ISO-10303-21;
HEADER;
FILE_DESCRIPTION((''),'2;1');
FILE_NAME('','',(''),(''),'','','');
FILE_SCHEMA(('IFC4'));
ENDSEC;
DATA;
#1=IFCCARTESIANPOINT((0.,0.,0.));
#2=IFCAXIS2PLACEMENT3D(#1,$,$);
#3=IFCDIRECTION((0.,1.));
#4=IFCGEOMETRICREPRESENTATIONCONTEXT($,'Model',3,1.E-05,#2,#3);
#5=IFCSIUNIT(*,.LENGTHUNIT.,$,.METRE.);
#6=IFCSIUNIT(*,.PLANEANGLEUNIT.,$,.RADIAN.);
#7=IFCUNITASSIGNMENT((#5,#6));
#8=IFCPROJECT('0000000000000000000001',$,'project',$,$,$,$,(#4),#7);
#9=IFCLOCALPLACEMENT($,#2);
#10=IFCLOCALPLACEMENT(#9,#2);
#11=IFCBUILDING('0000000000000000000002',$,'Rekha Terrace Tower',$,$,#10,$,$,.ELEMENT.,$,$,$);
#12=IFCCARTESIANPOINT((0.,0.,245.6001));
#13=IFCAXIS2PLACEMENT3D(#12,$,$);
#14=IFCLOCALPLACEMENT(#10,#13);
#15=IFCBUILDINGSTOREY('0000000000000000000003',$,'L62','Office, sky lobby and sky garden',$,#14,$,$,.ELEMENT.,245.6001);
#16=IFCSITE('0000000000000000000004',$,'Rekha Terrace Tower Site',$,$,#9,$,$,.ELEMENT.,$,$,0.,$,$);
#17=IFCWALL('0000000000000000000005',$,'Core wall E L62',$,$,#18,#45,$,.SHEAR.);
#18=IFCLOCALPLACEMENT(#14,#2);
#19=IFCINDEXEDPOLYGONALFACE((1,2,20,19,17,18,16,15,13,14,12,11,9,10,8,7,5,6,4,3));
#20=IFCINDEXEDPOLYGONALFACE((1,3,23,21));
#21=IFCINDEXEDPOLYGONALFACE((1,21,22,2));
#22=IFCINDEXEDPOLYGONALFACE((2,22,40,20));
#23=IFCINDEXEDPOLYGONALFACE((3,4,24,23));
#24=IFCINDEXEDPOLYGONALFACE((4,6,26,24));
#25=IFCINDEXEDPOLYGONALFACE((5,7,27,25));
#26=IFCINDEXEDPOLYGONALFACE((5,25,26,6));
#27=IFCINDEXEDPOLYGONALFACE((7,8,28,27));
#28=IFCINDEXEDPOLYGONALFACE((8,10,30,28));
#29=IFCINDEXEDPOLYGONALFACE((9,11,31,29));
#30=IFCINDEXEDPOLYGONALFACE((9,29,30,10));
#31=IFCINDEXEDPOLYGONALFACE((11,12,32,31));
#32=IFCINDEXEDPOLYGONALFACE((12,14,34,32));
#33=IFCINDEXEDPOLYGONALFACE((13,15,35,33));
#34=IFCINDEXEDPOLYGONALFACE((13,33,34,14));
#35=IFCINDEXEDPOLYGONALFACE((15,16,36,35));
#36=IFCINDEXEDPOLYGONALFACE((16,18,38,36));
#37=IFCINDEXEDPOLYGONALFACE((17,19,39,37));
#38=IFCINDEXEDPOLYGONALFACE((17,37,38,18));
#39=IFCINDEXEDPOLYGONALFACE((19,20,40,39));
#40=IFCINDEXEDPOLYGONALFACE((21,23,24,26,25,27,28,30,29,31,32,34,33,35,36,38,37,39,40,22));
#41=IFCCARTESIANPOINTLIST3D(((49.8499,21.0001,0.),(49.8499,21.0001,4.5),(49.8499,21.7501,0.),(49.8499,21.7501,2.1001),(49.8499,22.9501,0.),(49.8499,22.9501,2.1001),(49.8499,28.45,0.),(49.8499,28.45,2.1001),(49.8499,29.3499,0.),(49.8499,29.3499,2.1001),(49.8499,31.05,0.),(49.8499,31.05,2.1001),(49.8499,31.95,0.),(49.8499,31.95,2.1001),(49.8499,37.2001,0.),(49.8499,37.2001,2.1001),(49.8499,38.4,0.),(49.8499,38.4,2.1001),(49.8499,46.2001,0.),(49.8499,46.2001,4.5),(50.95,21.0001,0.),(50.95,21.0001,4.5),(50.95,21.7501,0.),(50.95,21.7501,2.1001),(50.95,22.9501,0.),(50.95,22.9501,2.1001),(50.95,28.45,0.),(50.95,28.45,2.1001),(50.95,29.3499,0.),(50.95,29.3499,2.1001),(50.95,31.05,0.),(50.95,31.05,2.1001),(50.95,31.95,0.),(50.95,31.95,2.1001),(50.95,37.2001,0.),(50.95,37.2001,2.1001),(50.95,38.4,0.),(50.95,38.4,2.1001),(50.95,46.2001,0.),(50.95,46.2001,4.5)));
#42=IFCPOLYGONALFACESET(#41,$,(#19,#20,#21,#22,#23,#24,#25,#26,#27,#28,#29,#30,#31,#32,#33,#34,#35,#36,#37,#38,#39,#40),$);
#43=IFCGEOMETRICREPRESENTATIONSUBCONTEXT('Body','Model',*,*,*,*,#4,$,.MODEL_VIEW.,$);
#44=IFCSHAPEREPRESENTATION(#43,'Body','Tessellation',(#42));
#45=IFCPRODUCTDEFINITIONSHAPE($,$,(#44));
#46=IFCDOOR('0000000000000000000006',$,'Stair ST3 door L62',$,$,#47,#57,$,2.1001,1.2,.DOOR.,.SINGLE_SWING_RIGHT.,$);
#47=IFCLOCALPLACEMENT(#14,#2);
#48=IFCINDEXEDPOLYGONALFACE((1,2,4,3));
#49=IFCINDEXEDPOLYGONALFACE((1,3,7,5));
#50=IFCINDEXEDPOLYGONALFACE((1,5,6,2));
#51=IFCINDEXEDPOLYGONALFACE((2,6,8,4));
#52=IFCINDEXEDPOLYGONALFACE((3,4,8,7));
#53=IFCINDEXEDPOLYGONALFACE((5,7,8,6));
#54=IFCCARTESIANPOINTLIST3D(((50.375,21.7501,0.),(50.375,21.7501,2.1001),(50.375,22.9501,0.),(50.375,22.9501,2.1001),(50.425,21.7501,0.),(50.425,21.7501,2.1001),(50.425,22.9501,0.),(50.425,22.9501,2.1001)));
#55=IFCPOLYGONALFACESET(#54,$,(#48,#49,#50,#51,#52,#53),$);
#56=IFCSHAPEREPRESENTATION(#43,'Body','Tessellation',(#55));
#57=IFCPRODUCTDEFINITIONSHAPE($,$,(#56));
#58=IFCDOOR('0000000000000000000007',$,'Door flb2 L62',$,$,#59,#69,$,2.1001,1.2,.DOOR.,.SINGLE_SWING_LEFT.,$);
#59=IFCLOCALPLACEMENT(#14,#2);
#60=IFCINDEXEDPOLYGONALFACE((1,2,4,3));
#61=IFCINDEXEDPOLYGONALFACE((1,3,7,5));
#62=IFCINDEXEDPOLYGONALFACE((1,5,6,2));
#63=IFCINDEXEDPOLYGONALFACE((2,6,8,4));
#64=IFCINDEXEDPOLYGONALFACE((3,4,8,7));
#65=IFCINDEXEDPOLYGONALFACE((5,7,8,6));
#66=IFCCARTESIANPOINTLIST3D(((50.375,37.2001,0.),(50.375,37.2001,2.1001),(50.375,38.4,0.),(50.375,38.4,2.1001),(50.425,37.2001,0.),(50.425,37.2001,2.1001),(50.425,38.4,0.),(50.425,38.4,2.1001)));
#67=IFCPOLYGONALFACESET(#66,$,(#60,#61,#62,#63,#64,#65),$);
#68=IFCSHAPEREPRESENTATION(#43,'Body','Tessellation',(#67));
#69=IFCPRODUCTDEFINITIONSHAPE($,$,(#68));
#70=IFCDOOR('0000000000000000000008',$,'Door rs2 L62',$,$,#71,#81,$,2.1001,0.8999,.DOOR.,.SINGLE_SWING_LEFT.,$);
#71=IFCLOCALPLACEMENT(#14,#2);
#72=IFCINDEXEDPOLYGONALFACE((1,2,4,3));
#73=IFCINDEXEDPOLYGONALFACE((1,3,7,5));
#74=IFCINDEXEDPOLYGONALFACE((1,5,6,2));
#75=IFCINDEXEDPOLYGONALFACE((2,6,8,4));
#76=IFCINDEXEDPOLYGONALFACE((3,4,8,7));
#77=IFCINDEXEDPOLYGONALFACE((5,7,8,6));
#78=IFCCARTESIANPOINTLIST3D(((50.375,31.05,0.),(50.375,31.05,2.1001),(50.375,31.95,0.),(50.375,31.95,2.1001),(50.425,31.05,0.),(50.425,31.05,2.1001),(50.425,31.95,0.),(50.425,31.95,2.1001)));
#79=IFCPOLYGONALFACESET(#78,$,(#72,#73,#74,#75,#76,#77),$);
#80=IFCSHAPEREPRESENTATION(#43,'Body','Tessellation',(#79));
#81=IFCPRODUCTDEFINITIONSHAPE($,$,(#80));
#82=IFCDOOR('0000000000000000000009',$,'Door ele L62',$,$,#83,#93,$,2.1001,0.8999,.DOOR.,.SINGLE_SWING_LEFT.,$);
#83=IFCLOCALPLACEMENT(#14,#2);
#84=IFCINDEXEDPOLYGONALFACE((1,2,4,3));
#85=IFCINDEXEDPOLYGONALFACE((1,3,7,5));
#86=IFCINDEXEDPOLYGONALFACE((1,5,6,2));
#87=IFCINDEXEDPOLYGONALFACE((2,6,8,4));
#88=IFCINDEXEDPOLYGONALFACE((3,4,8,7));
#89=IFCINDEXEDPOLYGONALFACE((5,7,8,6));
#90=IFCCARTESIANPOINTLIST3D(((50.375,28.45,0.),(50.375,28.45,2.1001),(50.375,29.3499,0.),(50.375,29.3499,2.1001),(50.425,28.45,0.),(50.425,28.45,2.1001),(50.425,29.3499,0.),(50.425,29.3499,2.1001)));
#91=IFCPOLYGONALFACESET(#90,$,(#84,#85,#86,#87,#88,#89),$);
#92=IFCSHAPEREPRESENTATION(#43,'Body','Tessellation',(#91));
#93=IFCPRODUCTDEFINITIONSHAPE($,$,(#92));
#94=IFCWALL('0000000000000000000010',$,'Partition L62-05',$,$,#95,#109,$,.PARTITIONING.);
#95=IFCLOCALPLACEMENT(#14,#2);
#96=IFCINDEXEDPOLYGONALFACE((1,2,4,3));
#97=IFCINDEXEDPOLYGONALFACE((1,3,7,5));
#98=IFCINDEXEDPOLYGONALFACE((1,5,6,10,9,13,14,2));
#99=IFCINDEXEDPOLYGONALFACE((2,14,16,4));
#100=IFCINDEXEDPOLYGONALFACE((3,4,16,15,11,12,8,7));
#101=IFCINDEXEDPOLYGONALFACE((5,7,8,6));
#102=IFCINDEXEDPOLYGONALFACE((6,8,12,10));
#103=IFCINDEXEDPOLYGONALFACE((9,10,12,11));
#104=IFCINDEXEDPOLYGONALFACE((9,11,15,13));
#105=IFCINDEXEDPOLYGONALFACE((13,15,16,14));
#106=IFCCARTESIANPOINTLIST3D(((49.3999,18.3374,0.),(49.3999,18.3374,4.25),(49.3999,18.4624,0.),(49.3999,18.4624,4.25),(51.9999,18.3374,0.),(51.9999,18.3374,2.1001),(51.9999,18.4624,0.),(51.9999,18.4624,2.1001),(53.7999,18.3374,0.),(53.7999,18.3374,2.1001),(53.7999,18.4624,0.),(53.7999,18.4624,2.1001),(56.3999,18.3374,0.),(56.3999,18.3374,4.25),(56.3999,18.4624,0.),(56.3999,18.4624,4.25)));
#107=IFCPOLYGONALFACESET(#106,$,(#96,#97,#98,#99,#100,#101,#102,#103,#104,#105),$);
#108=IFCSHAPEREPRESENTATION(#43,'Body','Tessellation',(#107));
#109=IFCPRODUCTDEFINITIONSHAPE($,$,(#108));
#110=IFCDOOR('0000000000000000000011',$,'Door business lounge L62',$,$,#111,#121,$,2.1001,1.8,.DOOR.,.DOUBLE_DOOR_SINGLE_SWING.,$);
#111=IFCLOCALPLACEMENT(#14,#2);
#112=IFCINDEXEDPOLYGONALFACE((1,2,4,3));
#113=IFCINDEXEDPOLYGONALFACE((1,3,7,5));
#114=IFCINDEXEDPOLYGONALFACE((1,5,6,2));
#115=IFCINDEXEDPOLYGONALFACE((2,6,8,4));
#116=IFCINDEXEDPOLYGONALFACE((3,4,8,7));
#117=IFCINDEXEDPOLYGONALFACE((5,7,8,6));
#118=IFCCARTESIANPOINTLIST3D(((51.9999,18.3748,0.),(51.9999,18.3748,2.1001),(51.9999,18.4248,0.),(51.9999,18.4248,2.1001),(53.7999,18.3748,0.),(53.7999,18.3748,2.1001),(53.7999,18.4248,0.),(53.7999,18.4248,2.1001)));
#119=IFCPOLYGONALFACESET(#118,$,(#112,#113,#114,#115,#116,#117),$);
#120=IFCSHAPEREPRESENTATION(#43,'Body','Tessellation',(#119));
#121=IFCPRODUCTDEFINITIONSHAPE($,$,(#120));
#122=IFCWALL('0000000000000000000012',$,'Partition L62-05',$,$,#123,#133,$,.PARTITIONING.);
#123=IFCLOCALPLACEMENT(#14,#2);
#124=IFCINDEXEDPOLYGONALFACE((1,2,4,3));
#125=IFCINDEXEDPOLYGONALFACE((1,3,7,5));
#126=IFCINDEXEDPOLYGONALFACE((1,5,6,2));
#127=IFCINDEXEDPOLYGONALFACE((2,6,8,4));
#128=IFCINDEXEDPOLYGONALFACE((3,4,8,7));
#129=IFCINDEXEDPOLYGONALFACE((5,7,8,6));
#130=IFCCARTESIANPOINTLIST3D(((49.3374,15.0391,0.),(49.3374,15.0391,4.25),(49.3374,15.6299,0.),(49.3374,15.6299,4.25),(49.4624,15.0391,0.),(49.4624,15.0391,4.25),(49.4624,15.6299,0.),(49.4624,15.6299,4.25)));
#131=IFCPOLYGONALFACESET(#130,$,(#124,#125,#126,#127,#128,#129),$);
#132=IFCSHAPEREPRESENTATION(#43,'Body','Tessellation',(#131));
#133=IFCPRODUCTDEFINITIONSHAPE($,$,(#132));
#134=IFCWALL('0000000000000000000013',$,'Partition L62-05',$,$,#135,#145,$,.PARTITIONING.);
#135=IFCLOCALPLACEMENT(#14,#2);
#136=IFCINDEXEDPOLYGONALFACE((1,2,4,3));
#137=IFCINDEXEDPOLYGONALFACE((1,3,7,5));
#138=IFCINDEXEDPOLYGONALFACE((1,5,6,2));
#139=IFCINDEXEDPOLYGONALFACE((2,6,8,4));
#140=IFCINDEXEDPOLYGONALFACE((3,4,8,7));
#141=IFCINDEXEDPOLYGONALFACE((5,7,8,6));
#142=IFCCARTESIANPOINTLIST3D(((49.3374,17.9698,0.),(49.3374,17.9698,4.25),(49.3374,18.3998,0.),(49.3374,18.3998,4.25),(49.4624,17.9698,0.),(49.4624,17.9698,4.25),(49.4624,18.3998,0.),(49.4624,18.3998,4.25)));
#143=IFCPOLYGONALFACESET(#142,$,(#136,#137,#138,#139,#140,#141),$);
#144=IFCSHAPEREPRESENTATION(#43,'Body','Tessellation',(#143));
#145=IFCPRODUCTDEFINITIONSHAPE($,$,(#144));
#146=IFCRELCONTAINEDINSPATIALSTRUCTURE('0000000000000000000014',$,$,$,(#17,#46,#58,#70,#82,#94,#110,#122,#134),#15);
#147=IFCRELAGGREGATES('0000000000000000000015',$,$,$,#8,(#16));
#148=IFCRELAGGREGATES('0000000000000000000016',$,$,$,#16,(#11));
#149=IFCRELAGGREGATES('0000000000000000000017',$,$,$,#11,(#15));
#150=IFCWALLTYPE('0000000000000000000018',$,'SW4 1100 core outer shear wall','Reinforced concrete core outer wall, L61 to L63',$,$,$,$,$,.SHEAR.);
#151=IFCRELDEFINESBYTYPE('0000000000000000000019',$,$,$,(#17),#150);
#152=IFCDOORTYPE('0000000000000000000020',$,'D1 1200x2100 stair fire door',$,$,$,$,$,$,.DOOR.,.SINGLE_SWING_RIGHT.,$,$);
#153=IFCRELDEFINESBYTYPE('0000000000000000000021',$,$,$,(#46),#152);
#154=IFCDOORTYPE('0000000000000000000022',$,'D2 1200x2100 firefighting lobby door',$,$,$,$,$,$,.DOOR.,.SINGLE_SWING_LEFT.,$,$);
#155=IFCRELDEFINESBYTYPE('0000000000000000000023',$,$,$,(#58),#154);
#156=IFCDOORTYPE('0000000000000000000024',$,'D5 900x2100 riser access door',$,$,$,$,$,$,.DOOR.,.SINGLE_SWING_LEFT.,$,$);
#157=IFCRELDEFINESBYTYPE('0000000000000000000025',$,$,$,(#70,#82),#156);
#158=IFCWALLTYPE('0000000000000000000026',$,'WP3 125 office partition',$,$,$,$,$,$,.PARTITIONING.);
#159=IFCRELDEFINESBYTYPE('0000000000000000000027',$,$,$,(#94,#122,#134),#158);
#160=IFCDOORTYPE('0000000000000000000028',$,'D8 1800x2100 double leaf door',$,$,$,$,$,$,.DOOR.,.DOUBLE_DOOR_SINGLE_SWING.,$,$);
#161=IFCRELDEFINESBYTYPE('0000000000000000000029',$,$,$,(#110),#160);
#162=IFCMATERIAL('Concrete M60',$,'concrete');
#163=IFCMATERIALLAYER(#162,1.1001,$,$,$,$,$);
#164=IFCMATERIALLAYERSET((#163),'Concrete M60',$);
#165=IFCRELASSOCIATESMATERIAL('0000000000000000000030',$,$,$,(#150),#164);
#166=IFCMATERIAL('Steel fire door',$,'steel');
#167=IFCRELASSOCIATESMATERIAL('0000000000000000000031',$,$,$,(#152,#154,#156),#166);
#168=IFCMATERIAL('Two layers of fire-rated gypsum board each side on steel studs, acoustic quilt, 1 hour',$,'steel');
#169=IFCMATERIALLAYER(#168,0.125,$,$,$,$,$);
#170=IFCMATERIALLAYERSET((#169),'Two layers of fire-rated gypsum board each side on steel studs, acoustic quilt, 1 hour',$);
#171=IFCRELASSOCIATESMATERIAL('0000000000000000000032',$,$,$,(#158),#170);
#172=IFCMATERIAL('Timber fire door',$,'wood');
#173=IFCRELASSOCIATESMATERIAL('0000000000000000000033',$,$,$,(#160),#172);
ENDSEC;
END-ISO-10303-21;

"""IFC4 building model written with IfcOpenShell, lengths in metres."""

from ifc_helpers import new_model, si_unit, direction, frame, frame_2d, origin, place, context, subcontext, project, spatial, rectangle, extrude, material, layer, layer_set, type_object, element, fill, save


model = new_model("IFC4")

# Units and contexts
model_context = context("Model", 3, precision=1e-05, world=origin(), true_north=direction((0.0, 1.0)))
body_context = subcontext(model_context, "Body", "Model", "MODEL_VIEW")
ifc_project = project(units=[si_unit("LENGTHUNIT", "METRE"), si_unit("PLANEANGLEUNIT", "RADIAN")], contexts=[model_context])

# Site, building, storey
site_placement = place(None, origin())
site = spatial("IfcSite", under=ifc_project, at=site_placement, Name="Rekha Terrace Tower Site", CompositionType="ELEMENT", RefElevation=0.0)
building_placement = place(site_placement, origin())
building = spatial("IfcBuilding", under=site, at=building_placement, Name="Rekha Terrace Tower", CompositionType="ELEMENT")
storey_placement = place(building_placement, frame((0.0, 0.0, 245.6001)))
storey = spatial("IfcBuildingStorey", under=building, at=storey_placement, Name="L62", Description="Office, sky lobby and sky garden", CompositionType="ELEMENT", Elevation=245.6001)

# Shared definitions
ifc_material_1 = material(Name="Concrete M60", Category="concrete")

# Wall, openings, doors
ifc_layer_1 = layer(ifc_material_1, 1.1001)
ifc_layer_set_1 = layer_set([ifc_layer_1], Name="Concrete M60")
wall_type_1 = type_object("IfcWallType", Name="SW4 1100 core outer shear wall", Description="Reinforced concrete core outer wall, L61 to L63", PredefinedType="SHEAR", material=ifc_layer_set_1)
wall_1_placement = place(storey_placement, frame((50.3999, 21.0, 0.0), z_axis=(0.0, 0.0, 1.0), x_axis=(0.0, 1.0, 0.0)))
wall_1 = element("IfcWall", 1, at=wall_1_placement, inside=storey, type_object=wall_type_1, Name="Core wall E L62", PredefinedType="SHEAR", context=body_context, shape_type="SweptSolid", body=[
    extrude(rectangle(XDim=25.2, YDim=1.1001, at=frame_2d((12.6001, 0.0))), origin(), (0.0, 0.0, 1.0), 4.5),
])
opening_1_placement = place(wall_1_placement, frame((16.2, 0.0, 0.0)))
opening_1 = element("IfcOpeningElement", 2, at=opening_1_placement, cuts=wall_1, PredefinedType="OPENING", context=body_context, shape_type="SweptSolid", body=[
    extrude(rectangle(XDim=1.2, YDim=2.1001, at=frame_2d((0.6001, 1.05))), frame((0.0, 0.5601, 0.0), z_axis=(0.0, -1.0, 0.0), x_axis=(1.0, 0.0, 0.0)), (0.0, 0.0, 1.0), 1.1201),
])
opening_2_placement = place(wall_1_placement, frame((10.05, 0.0, 0.0)))
opening_2 = element("IfcOpeningElement", 3, at=opening_2_placement, cuts=wall_1, PredefinedType="OPENING", context=body_context, shape_type="SweptSolid", body=[
    extrude(rectangle(XDim=0.8999, YDim=2.1001, at=frame_2d((0.45, 1.05))), frame((0.0, 0.5601, 0.0), z_axis=(0.0, -1.0, 0.0), x_axis=(1.0, 0.0, 0.0)), (0.0, 0.0, 1.0), 1.1201),
])
opening_3_placement = place(wall_1_placement, frame((7.45, 0.0, 0.0)))
opening_3 = element("IfcOpeningElement", 4, at=opening_3_placement, cuts=wall_1, PredefinedType="OPENING", context=body_context, shape_type="SweptSolid", body=[
    extrude(rectangle(XDim=0.8999, YDim=2.1001, at=frame_2d((0.45, 1.05))), frame((0.0, 0.5601, 0.0), z_axis=(0.0, -1.0, 0.0), x_axis=(1.0, 0.0, 0.0)), (0.0, 0.0, 1.0), 1.1201),
])
opening_4_placement = place(wall_1_placement, frame((0.75, 0.0, 0.0)))
opening_4 = element("IfcOpeningElement", 5, at=opening_4_placement, cuts=wall_1, PredefinedType="OPENING", context=body_context, shape_type="SweptSolid", body=[
    extrude(rectangle(XDim=1.2, YDim=2.1001, at=frame_2d((0.6001, 1.05))), frame((0.0, 0.5601, 0.0), z_axis=(0.0, -1.0, 0.0), x_axis=(1.0, 0.0, 0.0)), (0.0, 0.0, 1.0), 1.1201),
])
ifc_material_2 = material(Name="Steel fire door", Category="steel")
door_type_1 = type_object("IfcDoorType", Name="D1 1200x2100 stair fire door", OperationType="SINGLE_SWING_RIGHT", PredefinedType="DOOR", material=ifc_material_2)
door_1_placement = place(opening_4_placement, origin())
door_1 = element("IfcDoor", 6, at=door_1_placement, inside=storey, type_object=door_type_1, Name="Stair ST3 door L62", OperationType="SINGLE_SWING_RIGHT", OverallHeight=2.1001, OverallWidth=1.2, PredefinedType="DOOR", context=body_context, shape_type="SweptSolid", body=[
    extrude(rectangle(XDim=1.2, YDim=2.1001, at=frame_2d((0.6001, 1.05))), frame((0.0, 0.0249, 0.0), z_axis=(0.0, -1.0, 0.0), x_axis=(1.0, 0.0, 0.0)), (0.0, 0.0, 1.0), 0.05),
])
fill(opening_4, door_1)
door_type_2 = type_object("IfcDoorType", Name="D2 1200x2100 firefighting lobby door", OperationType="SINGLE_SWING_LEFT", PredefinedType="DOOR", material=ifc_material_2)
door_2_placement = place(opening_1_placement, origin())
door_2 = element("IfcDoor", 7, at=door_2_placement, inside=storey, type_object=door_type_2, Name="Door flb2 L62", OperationType="SINGLE_SWING_LEFT", OverallHeight=2.1001, OverallWidth=1.2, PredefinedType="DOOR", context=body_context, shape_type="SweptSolid", body=[
    extrude(rectangle(XDim=1.2, YDim=2.1001, at=frame_2d((0.6001, 1.05))), frame((0.0, 0.0249, 0.0), z_axis=(0.0, -1.0, 0.0), x_axis=(1.0, 0.0, 0.0)), (0.0, 0.0, 1.0), 0.05),
])
fill(opening_1, door_2)
door_type_3 = type_object("IfcDoorType", Name="D5 900x2100 riser access door", OperationType="SINGLE_SWING_LEFT", PredefinedType="DOOR", material=ifc_material_2)
door_3_placement = place(opening_2_placement, origin())
door_3 = element("IfcDoor", 8, at=door_3_placement, inside=storey, type_object=door_type_3, Name="Door rs2 L62", OperationType="SINGLE_SWING_LEFT", OverallHeight=2.1001, OverallWidth=0.8999, PredefinedType="DOOR", context=body_context, shape_type="SweptSolid", body=[
    extrude(rectangle(XDim=0.8999, YDim=2.1001, at=frame_2d((0.45, 1.05))), frame((0.0, 0.0249, 0.0), z_axis=(0.0, -1.0, 0.0), x_axis=(1.0, 0.0, 0.0)), (0.0, 0.0, 1.0), 0.05),
])
fill(opening_2, door_3)
door_4_placement = place(opening_3_placement, origin())
door_4 = element("IfcDoor", 9, at=door_4_placement, inside=storey, type_object=door_type_3, Name="Door ele L62", OperationType="SINGLE_SWING_LEFT", OverallHeight=2.1001, OverallWidth=0.8999, PredefinedType="DOOR", context=body_context, shape_type="SweptSolid", body=[
    extrude(rectangle(XDim=0.8999, YDim=2.1001, at=frame_2d((0.45, 1.05))), frame((0.0, 0.0249, 0.0), z_axis=(0.0, -1.0, 0.0), x_axis=(1.0, 0.0, 0.0)), (0.0, 0.0, 1.0), 0.05),
])
fill(opening_3, door_4)

# Wall, opening, door
ifc_material_3 = material(Name="Two layers of fire-rated gypsum board each side on steel studs, acoustic quilt, 1 hour", Category="steel")
ifc_layer_2 = layer(ifc_material_3, 0.125)
ifc_layer_set_2 = layer_set([ifc_layer_2], Name="Two layers of fire-rated gypsum board each side on steel studs, acoustic quilt, 1 hour")
wall_type_2 = type_object("IfcWallType", Name="WP3 125 office partition", PredefinedType="PARTITIONING", material=ifc_layer_set_2)
wall_2_placement = place(storey_placement, frame((49.3999, 18.3999, 0.0), z_axis=(0.0, 0.0, 1.0), x_axis=(1.0, 0.0, 0.0)))
wall_2 = element("IfcWall", 10, at=wall_2_placement, inside=storey, type_object=wall_type_2, Name="Partition L62-05", PredefinedType="PARTITIONING", context=body_context, shape_type="SweptSolid", body=[
    extrude(rectangle(XDim=7.0, YDim=0.125, at=frame_2d((3.5, 0.0))), origin(), (0.0, 0.0, 1.0), 4.25),
])
opening_5_placement = place(wall_2_placement, frame((2.6001, 0.0, 0.0)))
opening_5 = element("IfcOpeningElement", 11, at=opening_5_placement, cuts=wall_2, PredefinedType="OPENING", context=body_context, shape_type="SweptSolid", body=[
    extrude(rectangle(XDim=1.8, YDim=2.1001, at=frame_2d((0.8999, 1.05))), frame((0.0, 0.0725, 0.0), z_axis=(0.0, -1.0, 0.0), x_axis=(1.0, 0.0, 0.0)), (0.0, 0.0, 1.0), 0.145),
])
ifc_material_4 = material(Name="Timber fire door", Category="wood")
door_type_4 = type_object("IfcDoorType", Name="D8 1800x2100 double leaf door", OperationType="DOUBLE_DOOR_SINGLE_SWING", PredefinedType="DOOR", material=ifc_material_4)
door_5_placement = place(opening_5_placement, origin())
door_5 = element("IfcDoor", 12, at=door_5_placement, inside=storey, type_object=door_type_4, Name="Door business lounge L62", OperationType="DOUBLE_DOOR_SINGLE_SWING", OverallHeight=2.1001, OverallWidth=1.8, PredefinedType="DOOR", context=body_context, shape_type="SweptSolid", body=[
    extrude(rectangle(XDim=1.8, YDim=2.1001, at=frame_2d((0.8999, 1.05))), frame((0.0, 0.0249, 0.0), z_axis=(0.0, -1.0, 0.0), x_axis=(1.0, 0.0, 0.0)), (0.0, 0.0, 1.0), 0.05),
])
fill(opening_5, door_5)

# Walls
wall_3_placement = place(storey_placement, frame((49.3999, 15.0391, 0.0), z_axis=(0.0, 0.0, 1.0), x_axis=(0.0, 1.0, 0.0)))
element("IfcWall", 13, at=wall_3_placement, inside=storey, type_object=wall_type_2, Name="Partition L62-05", PredefinedType="PARTITIONING", context=body_context, shape_type="SweptSolid", body=[
    extrude(rectangle(XDim=0.5908, YDim=0.125, at=frame_2d((0.2954, 0.0))), origin(), (0.0, 0.0, 1.0), 4.25),
])
wall_4_placement = place(storey_placement, frame((49.3999, 17.97, 0.0), z_axis=(0.0, 0.0, 1.0), x_axis=(0.0, 1.0, 0.0)))
element("IfcWall", 14, at=wall_4_placement, inside=storey, type_object=wall_type_2, Name="Partition L62-05", PredefinedType="PARTITIONING", context=body_context, shape_type="SweptSolid", body=[
    extrude(rectangle(XDim=0.4299, YDim=0.125, at=frame_2d((0.2148, 0.0))), origin(), (0.0, 0.0, 1.0), 4.25),
])

save(model, "model.ifc")
